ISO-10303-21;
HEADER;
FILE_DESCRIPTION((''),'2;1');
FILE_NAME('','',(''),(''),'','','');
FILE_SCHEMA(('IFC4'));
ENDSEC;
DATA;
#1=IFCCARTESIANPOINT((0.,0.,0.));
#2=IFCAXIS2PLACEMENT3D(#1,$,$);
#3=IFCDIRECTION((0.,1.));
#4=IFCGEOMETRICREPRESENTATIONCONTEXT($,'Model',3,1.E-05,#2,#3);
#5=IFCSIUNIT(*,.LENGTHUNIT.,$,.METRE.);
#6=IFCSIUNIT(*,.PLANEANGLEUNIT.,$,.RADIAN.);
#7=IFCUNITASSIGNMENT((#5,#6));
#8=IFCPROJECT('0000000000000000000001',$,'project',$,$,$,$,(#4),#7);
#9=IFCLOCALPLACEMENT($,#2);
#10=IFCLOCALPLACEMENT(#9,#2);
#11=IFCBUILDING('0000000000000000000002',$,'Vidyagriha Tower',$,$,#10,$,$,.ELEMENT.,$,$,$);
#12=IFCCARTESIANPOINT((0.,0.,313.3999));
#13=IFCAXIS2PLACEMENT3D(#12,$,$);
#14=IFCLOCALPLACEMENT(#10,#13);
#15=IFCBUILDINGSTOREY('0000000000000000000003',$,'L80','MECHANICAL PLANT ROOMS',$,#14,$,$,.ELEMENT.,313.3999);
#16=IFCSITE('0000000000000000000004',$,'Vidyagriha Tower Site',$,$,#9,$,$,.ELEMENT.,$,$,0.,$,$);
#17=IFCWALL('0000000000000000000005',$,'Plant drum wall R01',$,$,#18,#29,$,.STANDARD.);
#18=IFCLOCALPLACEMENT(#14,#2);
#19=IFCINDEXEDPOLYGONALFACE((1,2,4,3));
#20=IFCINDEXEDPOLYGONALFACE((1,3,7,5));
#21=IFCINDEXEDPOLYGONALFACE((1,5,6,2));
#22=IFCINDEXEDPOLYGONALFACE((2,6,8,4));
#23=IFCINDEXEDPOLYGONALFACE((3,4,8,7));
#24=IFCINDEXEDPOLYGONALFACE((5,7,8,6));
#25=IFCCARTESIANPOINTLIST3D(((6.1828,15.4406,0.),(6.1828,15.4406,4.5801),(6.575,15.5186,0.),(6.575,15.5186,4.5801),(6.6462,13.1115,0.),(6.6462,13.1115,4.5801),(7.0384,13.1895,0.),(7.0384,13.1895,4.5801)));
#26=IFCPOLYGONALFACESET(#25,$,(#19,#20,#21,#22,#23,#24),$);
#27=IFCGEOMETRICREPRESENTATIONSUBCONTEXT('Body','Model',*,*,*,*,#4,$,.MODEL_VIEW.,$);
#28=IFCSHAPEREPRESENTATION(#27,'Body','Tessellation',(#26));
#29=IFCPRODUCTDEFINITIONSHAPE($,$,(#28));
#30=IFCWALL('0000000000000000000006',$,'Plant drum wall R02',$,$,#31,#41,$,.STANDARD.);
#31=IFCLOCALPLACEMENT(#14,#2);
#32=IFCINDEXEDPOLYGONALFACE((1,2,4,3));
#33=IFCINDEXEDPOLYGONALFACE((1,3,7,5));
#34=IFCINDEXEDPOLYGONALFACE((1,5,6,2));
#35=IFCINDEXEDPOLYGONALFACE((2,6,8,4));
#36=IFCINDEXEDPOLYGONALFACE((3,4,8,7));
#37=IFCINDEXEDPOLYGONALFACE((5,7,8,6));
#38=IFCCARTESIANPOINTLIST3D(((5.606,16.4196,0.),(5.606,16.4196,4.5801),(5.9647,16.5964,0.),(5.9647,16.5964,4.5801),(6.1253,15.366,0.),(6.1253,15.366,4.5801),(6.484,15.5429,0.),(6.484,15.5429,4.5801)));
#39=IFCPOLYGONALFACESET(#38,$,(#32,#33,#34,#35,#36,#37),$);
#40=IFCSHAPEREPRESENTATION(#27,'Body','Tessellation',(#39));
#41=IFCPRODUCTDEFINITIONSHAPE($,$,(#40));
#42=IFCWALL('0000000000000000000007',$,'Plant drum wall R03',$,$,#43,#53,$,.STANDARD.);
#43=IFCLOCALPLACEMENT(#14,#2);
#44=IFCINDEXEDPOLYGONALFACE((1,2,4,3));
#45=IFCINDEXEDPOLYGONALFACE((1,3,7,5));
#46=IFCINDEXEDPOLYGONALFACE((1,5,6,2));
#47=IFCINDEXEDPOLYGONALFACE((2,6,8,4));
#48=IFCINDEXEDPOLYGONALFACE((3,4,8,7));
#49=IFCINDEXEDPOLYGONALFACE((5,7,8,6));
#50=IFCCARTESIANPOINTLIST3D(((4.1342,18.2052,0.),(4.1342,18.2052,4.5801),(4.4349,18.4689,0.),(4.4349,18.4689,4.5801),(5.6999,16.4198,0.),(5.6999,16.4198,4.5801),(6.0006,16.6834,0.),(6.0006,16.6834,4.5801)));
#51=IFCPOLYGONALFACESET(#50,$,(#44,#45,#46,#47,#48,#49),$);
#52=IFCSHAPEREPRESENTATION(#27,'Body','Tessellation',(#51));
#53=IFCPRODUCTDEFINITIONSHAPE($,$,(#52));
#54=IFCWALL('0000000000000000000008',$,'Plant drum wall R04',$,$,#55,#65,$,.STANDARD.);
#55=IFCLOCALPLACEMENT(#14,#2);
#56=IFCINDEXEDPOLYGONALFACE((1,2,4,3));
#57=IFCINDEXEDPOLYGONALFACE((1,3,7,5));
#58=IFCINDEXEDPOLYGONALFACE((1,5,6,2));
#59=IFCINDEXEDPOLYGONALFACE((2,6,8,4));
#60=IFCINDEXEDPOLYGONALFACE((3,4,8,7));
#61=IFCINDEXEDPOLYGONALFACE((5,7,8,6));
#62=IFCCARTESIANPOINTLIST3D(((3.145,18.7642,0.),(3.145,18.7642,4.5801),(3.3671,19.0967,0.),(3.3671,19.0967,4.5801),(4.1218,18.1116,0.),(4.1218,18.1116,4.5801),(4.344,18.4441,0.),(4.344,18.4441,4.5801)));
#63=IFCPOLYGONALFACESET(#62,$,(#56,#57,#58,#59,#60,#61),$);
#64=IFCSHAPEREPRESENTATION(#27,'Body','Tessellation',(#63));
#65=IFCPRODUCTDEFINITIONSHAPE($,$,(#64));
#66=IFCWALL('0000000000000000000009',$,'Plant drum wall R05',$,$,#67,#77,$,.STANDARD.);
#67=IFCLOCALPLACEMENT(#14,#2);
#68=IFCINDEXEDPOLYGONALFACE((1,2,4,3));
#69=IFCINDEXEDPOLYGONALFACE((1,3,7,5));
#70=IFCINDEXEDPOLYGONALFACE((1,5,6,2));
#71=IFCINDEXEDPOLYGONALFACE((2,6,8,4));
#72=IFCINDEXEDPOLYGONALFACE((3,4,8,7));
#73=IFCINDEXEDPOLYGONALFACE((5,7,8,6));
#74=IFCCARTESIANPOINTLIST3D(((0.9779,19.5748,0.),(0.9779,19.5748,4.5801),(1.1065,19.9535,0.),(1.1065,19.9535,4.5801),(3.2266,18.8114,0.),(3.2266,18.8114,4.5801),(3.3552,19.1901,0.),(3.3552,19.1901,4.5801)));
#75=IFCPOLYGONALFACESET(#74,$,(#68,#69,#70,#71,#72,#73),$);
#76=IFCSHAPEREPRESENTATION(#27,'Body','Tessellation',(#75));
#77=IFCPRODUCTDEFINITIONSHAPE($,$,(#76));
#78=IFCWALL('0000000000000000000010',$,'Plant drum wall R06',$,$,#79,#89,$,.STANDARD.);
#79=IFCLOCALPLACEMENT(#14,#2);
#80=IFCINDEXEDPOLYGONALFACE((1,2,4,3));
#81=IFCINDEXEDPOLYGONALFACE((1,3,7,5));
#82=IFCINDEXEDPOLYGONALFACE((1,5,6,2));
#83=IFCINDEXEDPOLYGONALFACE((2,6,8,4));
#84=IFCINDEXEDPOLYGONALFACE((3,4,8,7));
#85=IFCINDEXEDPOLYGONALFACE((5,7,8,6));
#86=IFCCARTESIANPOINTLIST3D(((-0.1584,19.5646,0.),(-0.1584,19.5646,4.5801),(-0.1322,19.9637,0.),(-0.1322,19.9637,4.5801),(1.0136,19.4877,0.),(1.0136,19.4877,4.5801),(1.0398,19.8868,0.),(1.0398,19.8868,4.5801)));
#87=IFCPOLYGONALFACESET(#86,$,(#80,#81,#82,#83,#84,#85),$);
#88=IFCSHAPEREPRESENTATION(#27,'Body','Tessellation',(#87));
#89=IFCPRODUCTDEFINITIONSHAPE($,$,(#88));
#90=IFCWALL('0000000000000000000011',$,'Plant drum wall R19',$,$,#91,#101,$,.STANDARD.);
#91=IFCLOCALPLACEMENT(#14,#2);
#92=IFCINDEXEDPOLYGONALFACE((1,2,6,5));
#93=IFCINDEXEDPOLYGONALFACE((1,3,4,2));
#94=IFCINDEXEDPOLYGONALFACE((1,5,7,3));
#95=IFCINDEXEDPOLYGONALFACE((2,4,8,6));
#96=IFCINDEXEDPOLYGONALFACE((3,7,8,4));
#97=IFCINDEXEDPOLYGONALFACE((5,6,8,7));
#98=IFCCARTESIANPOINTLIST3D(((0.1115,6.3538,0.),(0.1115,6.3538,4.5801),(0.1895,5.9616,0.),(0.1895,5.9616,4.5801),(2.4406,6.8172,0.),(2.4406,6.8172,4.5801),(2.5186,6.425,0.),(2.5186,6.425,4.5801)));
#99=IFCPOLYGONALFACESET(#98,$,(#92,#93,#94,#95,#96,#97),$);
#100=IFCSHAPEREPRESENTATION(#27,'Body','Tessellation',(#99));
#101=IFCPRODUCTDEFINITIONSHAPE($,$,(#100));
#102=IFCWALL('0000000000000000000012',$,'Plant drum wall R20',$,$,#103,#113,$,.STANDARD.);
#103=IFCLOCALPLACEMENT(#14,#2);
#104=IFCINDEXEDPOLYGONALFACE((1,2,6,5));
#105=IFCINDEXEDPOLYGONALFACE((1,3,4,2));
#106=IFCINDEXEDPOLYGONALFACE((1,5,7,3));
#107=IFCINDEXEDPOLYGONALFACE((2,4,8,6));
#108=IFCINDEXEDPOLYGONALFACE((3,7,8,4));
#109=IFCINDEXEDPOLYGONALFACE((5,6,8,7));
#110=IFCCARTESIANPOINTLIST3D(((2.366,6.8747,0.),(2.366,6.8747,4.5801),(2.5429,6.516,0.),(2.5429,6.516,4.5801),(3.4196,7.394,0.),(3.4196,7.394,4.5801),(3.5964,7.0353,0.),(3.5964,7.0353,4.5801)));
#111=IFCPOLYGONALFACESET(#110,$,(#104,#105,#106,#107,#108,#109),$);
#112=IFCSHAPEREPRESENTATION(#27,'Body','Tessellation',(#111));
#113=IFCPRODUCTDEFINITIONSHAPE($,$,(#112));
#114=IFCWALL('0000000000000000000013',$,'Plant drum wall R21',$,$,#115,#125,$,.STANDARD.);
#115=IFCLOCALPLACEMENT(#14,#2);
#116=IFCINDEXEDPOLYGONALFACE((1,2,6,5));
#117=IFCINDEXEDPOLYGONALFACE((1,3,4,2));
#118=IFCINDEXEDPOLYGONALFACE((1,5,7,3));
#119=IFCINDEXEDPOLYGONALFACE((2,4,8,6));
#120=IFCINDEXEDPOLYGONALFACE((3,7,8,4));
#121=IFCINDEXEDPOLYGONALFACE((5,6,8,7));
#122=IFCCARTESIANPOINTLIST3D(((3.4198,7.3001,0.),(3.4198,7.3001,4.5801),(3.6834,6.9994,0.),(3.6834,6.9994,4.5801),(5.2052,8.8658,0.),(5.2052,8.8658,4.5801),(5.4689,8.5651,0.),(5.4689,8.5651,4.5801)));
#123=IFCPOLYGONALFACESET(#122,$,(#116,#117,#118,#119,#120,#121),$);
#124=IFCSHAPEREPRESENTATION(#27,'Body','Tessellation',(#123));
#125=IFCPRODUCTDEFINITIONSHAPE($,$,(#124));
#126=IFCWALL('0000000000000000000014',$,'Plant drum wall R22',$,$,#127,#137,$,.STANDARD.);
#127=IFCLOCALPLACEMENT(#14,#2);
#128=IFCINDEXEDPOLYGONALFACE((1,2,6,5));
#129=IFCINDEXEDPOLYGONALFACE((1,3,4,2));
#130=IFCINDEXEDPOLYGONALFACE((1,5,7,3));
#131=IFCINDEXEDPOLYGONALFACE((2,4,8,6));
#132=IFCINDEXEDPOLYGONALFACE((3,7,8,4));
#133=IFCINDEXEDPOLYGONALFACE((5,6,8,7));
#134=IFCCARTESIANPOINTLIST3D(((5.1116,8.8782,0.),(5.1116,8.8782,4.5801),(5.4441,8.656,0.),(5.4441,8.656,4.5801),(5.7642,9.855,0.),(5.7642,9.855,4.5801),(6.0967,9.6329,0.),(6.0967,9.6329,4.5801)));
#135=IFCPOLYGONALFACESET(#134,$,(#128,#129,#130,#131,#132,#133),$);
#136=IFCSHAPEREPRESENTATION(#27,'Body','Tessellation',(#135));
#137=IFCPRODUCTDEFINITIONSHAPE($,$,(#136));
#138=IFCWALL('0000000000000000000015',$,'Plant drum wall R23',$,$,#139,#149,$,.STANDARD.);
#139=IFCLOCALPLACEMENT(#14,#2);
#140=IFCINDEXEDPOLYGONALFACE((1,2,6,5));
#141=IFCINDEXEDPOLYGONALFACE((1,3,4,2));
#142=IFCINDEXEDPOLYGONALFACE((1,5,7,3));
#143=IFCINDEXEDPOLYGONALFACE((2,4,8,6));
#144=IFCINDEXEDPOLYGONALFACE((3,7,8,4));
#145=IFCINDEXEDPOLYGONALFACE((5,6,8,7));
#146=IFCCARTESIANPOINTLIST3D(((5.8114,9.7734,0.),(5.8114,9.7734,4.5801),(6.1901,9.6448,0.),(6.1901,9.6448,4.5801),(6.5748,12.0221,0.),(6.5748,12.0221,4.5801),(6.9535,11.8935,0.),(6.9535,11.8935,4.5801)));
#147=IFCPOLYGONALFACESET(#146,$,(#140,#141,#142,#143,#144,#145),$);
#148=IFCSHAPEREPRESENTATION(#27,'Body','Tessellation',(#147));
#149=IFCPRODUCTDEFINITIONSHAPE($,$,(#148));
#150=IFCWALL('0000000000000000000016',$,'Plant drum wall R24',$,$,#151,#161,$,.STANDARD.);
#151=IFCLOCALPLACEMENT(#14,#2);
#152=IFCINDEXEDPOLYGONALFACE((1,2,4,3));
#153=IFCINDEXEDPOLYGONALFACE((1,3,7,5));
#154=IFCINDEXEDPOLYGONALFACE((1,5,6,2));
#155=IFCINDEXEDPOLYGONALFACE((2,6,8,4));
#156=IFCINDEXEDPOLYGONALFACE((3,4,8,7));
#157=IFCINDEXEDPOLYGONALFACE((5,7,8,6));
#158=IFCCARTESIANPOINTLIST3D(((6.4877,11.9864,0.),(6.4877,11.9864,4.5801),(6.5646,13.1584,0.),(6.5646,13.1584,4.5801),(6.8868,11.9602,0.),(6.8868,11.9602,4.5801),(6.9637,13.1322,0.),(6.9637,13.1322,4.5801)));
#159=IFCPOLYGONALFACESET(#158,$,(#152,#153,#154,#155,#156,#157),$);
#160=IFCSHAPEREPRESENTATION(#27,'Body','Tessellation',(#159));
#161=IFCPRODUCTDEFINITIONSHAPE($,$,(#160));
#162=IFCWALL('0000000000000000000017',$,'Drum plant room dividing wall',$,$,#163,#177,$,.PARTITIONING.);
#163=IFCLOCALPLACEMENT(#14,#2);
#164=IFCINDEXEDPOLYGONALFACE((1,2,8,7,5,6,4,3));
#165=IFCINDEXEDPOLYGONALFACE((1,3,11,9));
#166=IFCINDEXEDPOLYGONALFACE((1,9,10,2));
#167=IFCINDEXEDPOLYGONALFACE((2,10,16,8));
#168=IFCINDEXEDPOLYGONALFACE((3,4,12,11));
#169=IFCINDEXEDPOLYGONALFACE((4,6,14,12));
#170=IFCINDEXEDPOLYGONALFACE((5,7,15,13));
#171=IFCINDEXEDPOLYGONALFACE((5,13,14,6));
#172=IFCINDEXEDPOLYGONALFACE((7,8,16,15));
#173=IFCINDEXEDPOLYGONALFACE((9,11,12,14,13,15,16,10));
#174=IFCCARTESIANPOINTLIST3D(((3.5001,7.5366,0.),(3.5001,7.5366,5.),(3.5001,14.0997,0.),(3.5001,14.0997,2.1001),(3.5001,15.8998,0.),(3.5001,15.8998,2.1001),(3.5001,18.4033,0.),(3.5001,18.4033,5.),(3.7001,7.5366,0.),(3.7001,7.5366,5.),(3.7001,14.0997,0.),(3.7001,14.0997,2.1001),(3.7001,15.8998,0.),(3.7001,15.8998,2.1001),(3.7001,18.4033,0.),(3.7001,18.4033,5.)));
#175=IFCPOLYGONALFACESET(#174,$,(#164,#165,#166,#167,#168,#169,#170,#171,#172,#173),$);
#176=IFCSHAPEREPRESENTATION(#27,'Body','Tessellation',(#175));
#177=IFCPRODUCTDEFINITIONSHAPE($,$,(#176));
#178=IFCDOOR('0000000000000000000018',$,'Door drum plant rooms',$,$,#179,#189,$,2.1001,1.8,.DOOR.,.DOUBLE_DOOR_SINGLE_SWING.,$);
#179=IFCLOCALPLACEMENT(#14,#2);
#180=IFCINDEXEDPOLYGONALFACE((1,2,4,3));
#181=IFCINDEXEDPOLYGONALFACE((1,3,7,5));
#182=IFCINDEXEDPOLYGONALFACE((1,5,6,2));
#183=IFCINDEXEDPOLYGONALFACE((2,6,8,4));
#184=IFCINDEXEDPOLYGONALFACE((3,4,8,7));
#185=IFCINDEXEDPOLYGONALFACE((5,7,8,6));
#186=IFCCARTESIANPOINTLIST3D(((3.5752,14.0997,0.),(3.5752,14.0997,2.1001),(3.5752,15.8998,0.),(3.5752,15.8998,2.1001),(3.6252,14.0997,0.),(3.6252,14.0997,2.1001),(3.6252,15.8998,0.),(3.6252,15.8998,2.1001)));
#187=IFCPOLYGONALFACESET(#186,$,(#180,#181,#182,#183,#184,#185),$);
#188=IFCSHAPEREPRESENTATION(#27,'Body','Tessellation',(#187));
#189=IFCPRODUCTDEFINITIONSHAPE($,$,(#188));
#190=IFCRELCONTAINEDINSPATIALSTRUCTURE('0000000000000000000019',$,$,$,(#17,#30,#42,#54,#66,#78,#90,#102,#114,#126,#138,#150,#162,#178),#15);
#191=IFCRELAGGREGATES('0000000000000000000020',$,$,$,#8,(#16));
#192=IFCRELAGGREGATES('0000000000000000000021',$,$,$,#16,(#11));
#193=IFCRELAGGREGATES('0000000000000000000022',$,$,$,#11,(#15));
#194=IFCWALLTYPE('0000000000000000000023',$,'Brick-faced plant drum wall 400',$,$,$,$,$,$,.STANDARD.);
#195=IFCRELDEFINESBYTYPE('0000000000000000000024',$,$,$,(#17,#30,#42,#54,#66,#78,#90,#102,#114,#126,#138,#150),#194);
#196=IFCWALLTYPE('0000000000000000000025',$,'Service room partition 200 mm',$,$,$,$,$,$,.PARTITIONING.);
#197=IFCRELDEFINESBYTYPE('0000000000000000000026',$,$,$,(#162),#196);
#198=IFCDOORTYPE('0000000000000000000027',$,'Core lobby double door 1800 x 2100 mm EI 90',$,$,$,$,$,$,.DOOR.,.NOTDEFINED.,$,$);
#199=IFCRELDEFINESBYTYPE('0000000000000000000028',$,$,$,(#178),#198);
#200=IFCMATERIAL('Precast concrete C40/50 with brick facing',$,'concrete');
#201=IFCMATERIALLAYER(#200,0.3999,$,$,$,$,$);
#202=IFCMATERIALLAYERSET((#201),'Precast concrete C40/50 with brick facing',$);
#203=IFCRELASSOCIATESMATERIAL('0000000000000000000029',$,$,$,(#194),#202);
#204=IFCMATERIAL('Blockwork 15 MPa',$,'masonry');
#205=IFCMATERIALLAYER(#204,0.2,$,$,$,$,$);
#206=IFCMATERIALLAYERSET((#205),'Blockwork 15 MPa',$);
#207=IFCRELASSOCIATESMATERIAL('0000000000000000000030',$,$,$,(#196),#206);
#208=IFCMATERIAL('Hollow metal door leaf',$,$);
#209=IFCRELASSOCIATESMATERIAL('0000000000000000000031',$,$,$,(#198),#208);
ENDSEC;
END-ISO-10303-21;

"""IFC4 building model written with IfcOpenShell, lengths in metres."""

from ifc_helpers import new_model, si_unit, direction, frame, frame_2d, origin, place, context, subcontext, project, spatial, rectangle, extrude, material, layer, layer_set, type_object, element, fill, save


model = new_model("IFC4")

# Units and contexts
model_context = context("Model", 3, precision=1e-05, world=origin(), true_north=direction((0.0, 1.0)))
body_context = subcontext(model_context, "Body", "Model", "MODEL_VIEW")
ifc_project = project(units=[si_unit("LENGTHUNIT", "METRE"), si_unit("PLANEANGLEUNIT", "RADIAN")], contexts=[model_context])

# Site, building, storey
site_placement = place(None, origin())
site = spatial("IfcSite", under=ifc_project, at=site_placement, Name="Vidyagriha Tower Site", CompositionType="ELEMENT", RefElevation=0.0)
building_placement = place(site_placement, origin())
building = spatial("IfcBuilding", under=site, at=building_placement, Name="Vidyagriha Tower", CompositionType="ELEMENT")
storey_placement = place(building_placement, frame((0.0, 0.0, 313.3999)))
storey = spatial("IfcBuildingStorey", under=building, at=storey_placement, Name="L80", Description="MECHANICAL PLANT ROOMS", CompositionType="ELEMENT", Elevation=313.3999)

# Walls
ifc_material_1 = material(Name="Precast concrete C40/50 with brick facing", Category="concrete")
ifc_layer_1 = layer(ifc_material_1, 0.3999)
ifc_layer_set_1 = layer_set([ifc_layer_1], Name="Precast concrete C40/50 with brick facing")
wall_type_1 = type_object("IfcWallType", Name="Brick-faced plant drum wall 400", PredefinedType="STANDARD", material=ifc_layer_set_1)
wall_1_placement = place(storey_placement, frame((6.8423, 13.1504, 0.0), z_axis=(0.0, 0.0, 1.0), x_axis=(-0.195128, 0.980778, 0.0)))
element("IfcWall", 1, at=wall_1_placement, inside=storey, type_object=wall_type_1, Name="Plant drum wall R01", PredefinedType="STANDARD", context=body_context, shape_type="SweptSolid", body=[
    extrude(rectangle(XDim=2.3748, YDim=0.3999, at=frame_2d((1.1875, 0.0))), origin(), (0.0, 0.0, 1.0), 4.5801),
])
wall_2_placement = place(storey_placement, frame((6.3047, 15.4543, 0.0), z_axis=(0.0, 0.0, 1.0), x_axis=(-0.442134, 0.896949, 0.0)))
element("IfcWall", 2, at=wall_2_placement, inside=storey, type_object=wall_type_1, Name="Plant drum wall R02", PredefinedType="STANDARD", context=body_context, shape_type="SweptSolid", body=[
    extrude(rectangle(XDim=1.1746, YDim=0.3999, at=frame_2d((0.5874, 0.0))), origin(), (0.0, 0.0, 1.0), 4.5801),
])
wall_3_placement = place(storey_placement, frame((5.8503, 16.5515, 0.0), z_axis=(0.0, 0.0, 1.0), x_axis=(-0.659327, 0.751857, 0.0)))
element("IfcWall", 3, at=wall_3_placement, inside=storey, type_object=wall_type_1, Name="Plant drum wall R03", PredefinedType="STANDARD", context=body_context, shape_type="SweptSolid", body=[
    extrude(rectangle(XDim=2.3748, YDim=0.3999, at=frame_2d((1.1875, 0.0))), origin(), (0.0, 0.0, 1.0), 4.5801),
])
wall_4_placement = place(storey_placement, frame((4.2329, 18.2778, 0.0), z_axis=(0.0, 0.0, 1.0), x_axis=(-0.831506, 0.555515, 0.0)))
element("IfcWall", 4, at=wall_4_placement, inside=storey, type_object=wall_type_1, Name="Plant drum wall R04", PredefinedType="STANDARD", context=body_context, shape_type="SweptSolid", body=[
    extrude(rectangle(XDim=1.1748, YDim=0.3999, at=frame_2d((0.5874, 0.0))), origin(), (0.0, 0.0, 1.0), 4.5801),
])
wall_5_placement = place(storey_placement, frame((3.291, 19.0007, 0.0), z_axis=(0.0, 0.0, 1.0), x_axis=(-0.946921, 0.321466, 0.0)))
element("IfcWall", 5, at=wall_5_placement, inside=storey, type_object=wall_type_1, Name="Plant drum wall R05", PredefinedType="STANDARD", context=body_context, shape_type="SweptSolid", body=[
    extrude(rectangle(XDim=2.3748, YDim=0.3999, at=frame_2d((1.1875, 0.0))), origin(), (0.0, 0.0, 1.0), 4.5801),
])
wall_6_placement = place(storey_placement, frame((1.0269, 19.6873, 0.0), z_axis=(0.0, 0.0, 1.0), x_axis=(-0.997855, 0.065471, 0.0)))
element("IfcWall", 6, at=wall_6_placement, inside=storey, type_object=wall_type_1, Name="Plant drum wall R06", PredefinedType="STANDARD", context=body_context, shape_type="SweptSolid", body=[
    extrude(rectangle(XDim=1.1746, YDim=0.3999, at=frame_2d((0.5874, 0.0))), origin(), (0.0, 0.0, 1.0), 4.5801),
])
wall_7_placement = place(storey_placement, frame((0.1504, 6.1577, 0.0), z_axis=(0.0, 0.0, 1.0), x_axis=(0.980778, 0.195128, 0.0)))
element("IfcWall", 7, at=wall_7_placement, inside=storey, type_object=wall_type_1, Name="Plant drum wall R19", PredefinedType="STANDARD", context=body_context, shape_type="SweptSolid", body=[
    extrude(rectangle(XDim=2.3748, YDim=0.3999, at=frame_2d((1.1875, 0.0))), origin(), (0.0, 0.0, 1.0), 4.5801),
])
wall_8_placement = place(storey_placement, frame((2.4543, 6.6953, 0.0), z_axis=(0.0, 0.0, 1.0), x_axis=(0.896949, 0.442134, 0.0)))
element("IfcWall", 8, at=wall_8_placement, inside=storey, type_object=wall_type_1, Name="Plant drum wall R20", PredefinedType="STANDARD", context=body_context, shape_type="SweptSolid", body=[
    extrude(rectangle(XDim=1.1746, YDim=0.3999, at=frame_2d((0.5874, 0.0))), origin(), (0.0, 0.0, 1.0), 4.5801),
])
wall_9_placement = place(storey_placement, frame((3.5515, 7.1497, 0.0), z_axis=(0.0, 0.0, 1.0), x_axis=(0.751857, 0.659327, 0.0)))
element("IfcWall", 9, at=wall_9_placement, inside=storey, type_object=wall_type_1, Name="Plant drum wall R21", PredefinedType="STANDARD", context=body_context, shape_type="SweptSolid", body=[
    extrude(rectangle(XDim=2.3748, YDim=0.3999, at=frame_2d((1.1875, 0.0))), origin(), (0.0, 0.0, 1.0), 4.5801),
])
wall_10_placement = place(storey_placement, frame((5.2778, 8.7671, 0.0), z_axis=(0.0, 0.0, 1.0), x_axis=(0.555515, 0.831506, 0.0)))
element("IfcWall", 10, at=wall_10_placement, inside=storey, type_object=wall_type_1, Name="Plant drum wall R22", PredefinedType="STANDARD", context=body_context, shape_type="SweptSolid", body=[
    extrude(rectangle(XDim=1.1748, YDim=0.3999, at=frame_2d((0.5874, 0.0))), origin(), (0.0, 0.0, 1.0), 4.5801),
])
wall_11_placement = place(storey_placement, frame((6.0007, 9.709, 0.0), z_axis=(0.0, 0.0, 1.0), x_axis=(0.321466, 0.946921, 0.0)))
element("IfcWall", 11, at=wall_11_placement, inside=storey, type_object=wall_type_1, Name="Plant drum wall R23", PredefinedType="STANDARD", context=body_context, shape_type="SweptSolid", body=[
    extrude(rectangle(XDim=2.3748, YDim=0.3999, at=frame_2d((1.1875, 0.0))), origin(), (0.0, 0.0, 1.0), 4.5801),
])
wall_12_placement = place(storey_placement, frame((6.6873, 11.9731, 0.0), z_axis=(0.0, 0.0, 1.0), x_axis=(0.065471, 0.997855, 0.0)))
element("IfcWall", 12, at=wall_12_placement, inside=storey, type_object=wall_type_1, Name="Plant drum wall R24", PredefinedType="STANDARD", context=body_context, shape_type="SweptSolid", body=[
    extrude(rectangle(XDim=1.1746, YDim=0.3999, at=frame_2d((0.5874, 0.0))), origin(), (0.0, 0.0, 1.0), 4.5801),
])

# Wall, opening, door
ifc_material_2 = material(Name="Blockwork 15 MPa", Category="masonry")
ifc_layer_2 = layer(ifc_material_2, 0.2)
ifc_layer_set_2 = layer_set([ifc_layer_2], Name="Blockwork 15 MPa")
wall_type_2 = type_object("IfcWallType", Name="Service room partition 200 mm", PredefinedType="PARTITIONING", material=ifc_layer_set_2)
wall_13_placement = place(storey_placement, frame((3.6001, 7.5366, 0.0), z_axis=(0.0, 0.0, 1.0), x_axis=(0.0, 1.0, 0.0)))
wall_13 = element("IfcWall", 13, at=wall_13_placement, inside=storey, type_object=wall_type_2, Name="Drum plant room dividing wall", PredefinedType="PARTITIONING", context=body_context, shape_type="SweptSolid", body=[
    extrude(rectangle(XDim=10.8667, YDim=0.2, at=frame_2d((5.4333, 0.0))), origin(), (0.0, 0.0, 1.0), 5.0),
])
opening_placement = place(wall_13_placement, frame((6.5632, 0.0, 0.0)))
opening = element("IfcOpeningElement", 14, at=opening_placement, cuts=wall_13, PredefinedType="OPENING", context=body_context, shape_type="SweptSolid", body=[
    extrude(rectangle(XDim=1.8, YDim=2.1001, at=frame_2d((0.8999, 1.05))), frame((0.0, 0.1099, 0.0), z_axis=(0.0, -1.0, 0.0), x_axis=(1.0, 0.0, 0.0)), (0.0, 0.0, 1.0), 0.22),
])
ifc_material_3 = material(Name="Hollow metal door leaf")
door_type = type_object("IfcDoorType", Name="Core lobby double door 1800 x 2100 mm EI 90", OperationType="NOTDEFINED", PredefinedType="DOOR", material=ifc_material_3)
door_placement = place(opening_placement, origin())
door = element("IfcDoor", 15, at=door_placement, inside=storey, type_object=door_type, Name="Door drum plant rooms", OperationType="DOUBLE_DOOR_SINGLE_SWING", OverallHeight=2.1001, OverallWidth=1.8, PredefinedType="DOOR", context=body_context, shape_type="SweptSolid", body=[
    extrude(rectangle(XDim=1.8, YDim=2.1001, at=frame_2d((0.8999, 1.05))), frame((0.0, 0.0249, 0.0), z_axis=(0.0, -1.0, 0.0), x_axis=(1.0, 0.0, 0.0)), (0.0, 0.0, 1.0), 0.05),
])
fill(opening, door)

save(model, "model.ifc")
